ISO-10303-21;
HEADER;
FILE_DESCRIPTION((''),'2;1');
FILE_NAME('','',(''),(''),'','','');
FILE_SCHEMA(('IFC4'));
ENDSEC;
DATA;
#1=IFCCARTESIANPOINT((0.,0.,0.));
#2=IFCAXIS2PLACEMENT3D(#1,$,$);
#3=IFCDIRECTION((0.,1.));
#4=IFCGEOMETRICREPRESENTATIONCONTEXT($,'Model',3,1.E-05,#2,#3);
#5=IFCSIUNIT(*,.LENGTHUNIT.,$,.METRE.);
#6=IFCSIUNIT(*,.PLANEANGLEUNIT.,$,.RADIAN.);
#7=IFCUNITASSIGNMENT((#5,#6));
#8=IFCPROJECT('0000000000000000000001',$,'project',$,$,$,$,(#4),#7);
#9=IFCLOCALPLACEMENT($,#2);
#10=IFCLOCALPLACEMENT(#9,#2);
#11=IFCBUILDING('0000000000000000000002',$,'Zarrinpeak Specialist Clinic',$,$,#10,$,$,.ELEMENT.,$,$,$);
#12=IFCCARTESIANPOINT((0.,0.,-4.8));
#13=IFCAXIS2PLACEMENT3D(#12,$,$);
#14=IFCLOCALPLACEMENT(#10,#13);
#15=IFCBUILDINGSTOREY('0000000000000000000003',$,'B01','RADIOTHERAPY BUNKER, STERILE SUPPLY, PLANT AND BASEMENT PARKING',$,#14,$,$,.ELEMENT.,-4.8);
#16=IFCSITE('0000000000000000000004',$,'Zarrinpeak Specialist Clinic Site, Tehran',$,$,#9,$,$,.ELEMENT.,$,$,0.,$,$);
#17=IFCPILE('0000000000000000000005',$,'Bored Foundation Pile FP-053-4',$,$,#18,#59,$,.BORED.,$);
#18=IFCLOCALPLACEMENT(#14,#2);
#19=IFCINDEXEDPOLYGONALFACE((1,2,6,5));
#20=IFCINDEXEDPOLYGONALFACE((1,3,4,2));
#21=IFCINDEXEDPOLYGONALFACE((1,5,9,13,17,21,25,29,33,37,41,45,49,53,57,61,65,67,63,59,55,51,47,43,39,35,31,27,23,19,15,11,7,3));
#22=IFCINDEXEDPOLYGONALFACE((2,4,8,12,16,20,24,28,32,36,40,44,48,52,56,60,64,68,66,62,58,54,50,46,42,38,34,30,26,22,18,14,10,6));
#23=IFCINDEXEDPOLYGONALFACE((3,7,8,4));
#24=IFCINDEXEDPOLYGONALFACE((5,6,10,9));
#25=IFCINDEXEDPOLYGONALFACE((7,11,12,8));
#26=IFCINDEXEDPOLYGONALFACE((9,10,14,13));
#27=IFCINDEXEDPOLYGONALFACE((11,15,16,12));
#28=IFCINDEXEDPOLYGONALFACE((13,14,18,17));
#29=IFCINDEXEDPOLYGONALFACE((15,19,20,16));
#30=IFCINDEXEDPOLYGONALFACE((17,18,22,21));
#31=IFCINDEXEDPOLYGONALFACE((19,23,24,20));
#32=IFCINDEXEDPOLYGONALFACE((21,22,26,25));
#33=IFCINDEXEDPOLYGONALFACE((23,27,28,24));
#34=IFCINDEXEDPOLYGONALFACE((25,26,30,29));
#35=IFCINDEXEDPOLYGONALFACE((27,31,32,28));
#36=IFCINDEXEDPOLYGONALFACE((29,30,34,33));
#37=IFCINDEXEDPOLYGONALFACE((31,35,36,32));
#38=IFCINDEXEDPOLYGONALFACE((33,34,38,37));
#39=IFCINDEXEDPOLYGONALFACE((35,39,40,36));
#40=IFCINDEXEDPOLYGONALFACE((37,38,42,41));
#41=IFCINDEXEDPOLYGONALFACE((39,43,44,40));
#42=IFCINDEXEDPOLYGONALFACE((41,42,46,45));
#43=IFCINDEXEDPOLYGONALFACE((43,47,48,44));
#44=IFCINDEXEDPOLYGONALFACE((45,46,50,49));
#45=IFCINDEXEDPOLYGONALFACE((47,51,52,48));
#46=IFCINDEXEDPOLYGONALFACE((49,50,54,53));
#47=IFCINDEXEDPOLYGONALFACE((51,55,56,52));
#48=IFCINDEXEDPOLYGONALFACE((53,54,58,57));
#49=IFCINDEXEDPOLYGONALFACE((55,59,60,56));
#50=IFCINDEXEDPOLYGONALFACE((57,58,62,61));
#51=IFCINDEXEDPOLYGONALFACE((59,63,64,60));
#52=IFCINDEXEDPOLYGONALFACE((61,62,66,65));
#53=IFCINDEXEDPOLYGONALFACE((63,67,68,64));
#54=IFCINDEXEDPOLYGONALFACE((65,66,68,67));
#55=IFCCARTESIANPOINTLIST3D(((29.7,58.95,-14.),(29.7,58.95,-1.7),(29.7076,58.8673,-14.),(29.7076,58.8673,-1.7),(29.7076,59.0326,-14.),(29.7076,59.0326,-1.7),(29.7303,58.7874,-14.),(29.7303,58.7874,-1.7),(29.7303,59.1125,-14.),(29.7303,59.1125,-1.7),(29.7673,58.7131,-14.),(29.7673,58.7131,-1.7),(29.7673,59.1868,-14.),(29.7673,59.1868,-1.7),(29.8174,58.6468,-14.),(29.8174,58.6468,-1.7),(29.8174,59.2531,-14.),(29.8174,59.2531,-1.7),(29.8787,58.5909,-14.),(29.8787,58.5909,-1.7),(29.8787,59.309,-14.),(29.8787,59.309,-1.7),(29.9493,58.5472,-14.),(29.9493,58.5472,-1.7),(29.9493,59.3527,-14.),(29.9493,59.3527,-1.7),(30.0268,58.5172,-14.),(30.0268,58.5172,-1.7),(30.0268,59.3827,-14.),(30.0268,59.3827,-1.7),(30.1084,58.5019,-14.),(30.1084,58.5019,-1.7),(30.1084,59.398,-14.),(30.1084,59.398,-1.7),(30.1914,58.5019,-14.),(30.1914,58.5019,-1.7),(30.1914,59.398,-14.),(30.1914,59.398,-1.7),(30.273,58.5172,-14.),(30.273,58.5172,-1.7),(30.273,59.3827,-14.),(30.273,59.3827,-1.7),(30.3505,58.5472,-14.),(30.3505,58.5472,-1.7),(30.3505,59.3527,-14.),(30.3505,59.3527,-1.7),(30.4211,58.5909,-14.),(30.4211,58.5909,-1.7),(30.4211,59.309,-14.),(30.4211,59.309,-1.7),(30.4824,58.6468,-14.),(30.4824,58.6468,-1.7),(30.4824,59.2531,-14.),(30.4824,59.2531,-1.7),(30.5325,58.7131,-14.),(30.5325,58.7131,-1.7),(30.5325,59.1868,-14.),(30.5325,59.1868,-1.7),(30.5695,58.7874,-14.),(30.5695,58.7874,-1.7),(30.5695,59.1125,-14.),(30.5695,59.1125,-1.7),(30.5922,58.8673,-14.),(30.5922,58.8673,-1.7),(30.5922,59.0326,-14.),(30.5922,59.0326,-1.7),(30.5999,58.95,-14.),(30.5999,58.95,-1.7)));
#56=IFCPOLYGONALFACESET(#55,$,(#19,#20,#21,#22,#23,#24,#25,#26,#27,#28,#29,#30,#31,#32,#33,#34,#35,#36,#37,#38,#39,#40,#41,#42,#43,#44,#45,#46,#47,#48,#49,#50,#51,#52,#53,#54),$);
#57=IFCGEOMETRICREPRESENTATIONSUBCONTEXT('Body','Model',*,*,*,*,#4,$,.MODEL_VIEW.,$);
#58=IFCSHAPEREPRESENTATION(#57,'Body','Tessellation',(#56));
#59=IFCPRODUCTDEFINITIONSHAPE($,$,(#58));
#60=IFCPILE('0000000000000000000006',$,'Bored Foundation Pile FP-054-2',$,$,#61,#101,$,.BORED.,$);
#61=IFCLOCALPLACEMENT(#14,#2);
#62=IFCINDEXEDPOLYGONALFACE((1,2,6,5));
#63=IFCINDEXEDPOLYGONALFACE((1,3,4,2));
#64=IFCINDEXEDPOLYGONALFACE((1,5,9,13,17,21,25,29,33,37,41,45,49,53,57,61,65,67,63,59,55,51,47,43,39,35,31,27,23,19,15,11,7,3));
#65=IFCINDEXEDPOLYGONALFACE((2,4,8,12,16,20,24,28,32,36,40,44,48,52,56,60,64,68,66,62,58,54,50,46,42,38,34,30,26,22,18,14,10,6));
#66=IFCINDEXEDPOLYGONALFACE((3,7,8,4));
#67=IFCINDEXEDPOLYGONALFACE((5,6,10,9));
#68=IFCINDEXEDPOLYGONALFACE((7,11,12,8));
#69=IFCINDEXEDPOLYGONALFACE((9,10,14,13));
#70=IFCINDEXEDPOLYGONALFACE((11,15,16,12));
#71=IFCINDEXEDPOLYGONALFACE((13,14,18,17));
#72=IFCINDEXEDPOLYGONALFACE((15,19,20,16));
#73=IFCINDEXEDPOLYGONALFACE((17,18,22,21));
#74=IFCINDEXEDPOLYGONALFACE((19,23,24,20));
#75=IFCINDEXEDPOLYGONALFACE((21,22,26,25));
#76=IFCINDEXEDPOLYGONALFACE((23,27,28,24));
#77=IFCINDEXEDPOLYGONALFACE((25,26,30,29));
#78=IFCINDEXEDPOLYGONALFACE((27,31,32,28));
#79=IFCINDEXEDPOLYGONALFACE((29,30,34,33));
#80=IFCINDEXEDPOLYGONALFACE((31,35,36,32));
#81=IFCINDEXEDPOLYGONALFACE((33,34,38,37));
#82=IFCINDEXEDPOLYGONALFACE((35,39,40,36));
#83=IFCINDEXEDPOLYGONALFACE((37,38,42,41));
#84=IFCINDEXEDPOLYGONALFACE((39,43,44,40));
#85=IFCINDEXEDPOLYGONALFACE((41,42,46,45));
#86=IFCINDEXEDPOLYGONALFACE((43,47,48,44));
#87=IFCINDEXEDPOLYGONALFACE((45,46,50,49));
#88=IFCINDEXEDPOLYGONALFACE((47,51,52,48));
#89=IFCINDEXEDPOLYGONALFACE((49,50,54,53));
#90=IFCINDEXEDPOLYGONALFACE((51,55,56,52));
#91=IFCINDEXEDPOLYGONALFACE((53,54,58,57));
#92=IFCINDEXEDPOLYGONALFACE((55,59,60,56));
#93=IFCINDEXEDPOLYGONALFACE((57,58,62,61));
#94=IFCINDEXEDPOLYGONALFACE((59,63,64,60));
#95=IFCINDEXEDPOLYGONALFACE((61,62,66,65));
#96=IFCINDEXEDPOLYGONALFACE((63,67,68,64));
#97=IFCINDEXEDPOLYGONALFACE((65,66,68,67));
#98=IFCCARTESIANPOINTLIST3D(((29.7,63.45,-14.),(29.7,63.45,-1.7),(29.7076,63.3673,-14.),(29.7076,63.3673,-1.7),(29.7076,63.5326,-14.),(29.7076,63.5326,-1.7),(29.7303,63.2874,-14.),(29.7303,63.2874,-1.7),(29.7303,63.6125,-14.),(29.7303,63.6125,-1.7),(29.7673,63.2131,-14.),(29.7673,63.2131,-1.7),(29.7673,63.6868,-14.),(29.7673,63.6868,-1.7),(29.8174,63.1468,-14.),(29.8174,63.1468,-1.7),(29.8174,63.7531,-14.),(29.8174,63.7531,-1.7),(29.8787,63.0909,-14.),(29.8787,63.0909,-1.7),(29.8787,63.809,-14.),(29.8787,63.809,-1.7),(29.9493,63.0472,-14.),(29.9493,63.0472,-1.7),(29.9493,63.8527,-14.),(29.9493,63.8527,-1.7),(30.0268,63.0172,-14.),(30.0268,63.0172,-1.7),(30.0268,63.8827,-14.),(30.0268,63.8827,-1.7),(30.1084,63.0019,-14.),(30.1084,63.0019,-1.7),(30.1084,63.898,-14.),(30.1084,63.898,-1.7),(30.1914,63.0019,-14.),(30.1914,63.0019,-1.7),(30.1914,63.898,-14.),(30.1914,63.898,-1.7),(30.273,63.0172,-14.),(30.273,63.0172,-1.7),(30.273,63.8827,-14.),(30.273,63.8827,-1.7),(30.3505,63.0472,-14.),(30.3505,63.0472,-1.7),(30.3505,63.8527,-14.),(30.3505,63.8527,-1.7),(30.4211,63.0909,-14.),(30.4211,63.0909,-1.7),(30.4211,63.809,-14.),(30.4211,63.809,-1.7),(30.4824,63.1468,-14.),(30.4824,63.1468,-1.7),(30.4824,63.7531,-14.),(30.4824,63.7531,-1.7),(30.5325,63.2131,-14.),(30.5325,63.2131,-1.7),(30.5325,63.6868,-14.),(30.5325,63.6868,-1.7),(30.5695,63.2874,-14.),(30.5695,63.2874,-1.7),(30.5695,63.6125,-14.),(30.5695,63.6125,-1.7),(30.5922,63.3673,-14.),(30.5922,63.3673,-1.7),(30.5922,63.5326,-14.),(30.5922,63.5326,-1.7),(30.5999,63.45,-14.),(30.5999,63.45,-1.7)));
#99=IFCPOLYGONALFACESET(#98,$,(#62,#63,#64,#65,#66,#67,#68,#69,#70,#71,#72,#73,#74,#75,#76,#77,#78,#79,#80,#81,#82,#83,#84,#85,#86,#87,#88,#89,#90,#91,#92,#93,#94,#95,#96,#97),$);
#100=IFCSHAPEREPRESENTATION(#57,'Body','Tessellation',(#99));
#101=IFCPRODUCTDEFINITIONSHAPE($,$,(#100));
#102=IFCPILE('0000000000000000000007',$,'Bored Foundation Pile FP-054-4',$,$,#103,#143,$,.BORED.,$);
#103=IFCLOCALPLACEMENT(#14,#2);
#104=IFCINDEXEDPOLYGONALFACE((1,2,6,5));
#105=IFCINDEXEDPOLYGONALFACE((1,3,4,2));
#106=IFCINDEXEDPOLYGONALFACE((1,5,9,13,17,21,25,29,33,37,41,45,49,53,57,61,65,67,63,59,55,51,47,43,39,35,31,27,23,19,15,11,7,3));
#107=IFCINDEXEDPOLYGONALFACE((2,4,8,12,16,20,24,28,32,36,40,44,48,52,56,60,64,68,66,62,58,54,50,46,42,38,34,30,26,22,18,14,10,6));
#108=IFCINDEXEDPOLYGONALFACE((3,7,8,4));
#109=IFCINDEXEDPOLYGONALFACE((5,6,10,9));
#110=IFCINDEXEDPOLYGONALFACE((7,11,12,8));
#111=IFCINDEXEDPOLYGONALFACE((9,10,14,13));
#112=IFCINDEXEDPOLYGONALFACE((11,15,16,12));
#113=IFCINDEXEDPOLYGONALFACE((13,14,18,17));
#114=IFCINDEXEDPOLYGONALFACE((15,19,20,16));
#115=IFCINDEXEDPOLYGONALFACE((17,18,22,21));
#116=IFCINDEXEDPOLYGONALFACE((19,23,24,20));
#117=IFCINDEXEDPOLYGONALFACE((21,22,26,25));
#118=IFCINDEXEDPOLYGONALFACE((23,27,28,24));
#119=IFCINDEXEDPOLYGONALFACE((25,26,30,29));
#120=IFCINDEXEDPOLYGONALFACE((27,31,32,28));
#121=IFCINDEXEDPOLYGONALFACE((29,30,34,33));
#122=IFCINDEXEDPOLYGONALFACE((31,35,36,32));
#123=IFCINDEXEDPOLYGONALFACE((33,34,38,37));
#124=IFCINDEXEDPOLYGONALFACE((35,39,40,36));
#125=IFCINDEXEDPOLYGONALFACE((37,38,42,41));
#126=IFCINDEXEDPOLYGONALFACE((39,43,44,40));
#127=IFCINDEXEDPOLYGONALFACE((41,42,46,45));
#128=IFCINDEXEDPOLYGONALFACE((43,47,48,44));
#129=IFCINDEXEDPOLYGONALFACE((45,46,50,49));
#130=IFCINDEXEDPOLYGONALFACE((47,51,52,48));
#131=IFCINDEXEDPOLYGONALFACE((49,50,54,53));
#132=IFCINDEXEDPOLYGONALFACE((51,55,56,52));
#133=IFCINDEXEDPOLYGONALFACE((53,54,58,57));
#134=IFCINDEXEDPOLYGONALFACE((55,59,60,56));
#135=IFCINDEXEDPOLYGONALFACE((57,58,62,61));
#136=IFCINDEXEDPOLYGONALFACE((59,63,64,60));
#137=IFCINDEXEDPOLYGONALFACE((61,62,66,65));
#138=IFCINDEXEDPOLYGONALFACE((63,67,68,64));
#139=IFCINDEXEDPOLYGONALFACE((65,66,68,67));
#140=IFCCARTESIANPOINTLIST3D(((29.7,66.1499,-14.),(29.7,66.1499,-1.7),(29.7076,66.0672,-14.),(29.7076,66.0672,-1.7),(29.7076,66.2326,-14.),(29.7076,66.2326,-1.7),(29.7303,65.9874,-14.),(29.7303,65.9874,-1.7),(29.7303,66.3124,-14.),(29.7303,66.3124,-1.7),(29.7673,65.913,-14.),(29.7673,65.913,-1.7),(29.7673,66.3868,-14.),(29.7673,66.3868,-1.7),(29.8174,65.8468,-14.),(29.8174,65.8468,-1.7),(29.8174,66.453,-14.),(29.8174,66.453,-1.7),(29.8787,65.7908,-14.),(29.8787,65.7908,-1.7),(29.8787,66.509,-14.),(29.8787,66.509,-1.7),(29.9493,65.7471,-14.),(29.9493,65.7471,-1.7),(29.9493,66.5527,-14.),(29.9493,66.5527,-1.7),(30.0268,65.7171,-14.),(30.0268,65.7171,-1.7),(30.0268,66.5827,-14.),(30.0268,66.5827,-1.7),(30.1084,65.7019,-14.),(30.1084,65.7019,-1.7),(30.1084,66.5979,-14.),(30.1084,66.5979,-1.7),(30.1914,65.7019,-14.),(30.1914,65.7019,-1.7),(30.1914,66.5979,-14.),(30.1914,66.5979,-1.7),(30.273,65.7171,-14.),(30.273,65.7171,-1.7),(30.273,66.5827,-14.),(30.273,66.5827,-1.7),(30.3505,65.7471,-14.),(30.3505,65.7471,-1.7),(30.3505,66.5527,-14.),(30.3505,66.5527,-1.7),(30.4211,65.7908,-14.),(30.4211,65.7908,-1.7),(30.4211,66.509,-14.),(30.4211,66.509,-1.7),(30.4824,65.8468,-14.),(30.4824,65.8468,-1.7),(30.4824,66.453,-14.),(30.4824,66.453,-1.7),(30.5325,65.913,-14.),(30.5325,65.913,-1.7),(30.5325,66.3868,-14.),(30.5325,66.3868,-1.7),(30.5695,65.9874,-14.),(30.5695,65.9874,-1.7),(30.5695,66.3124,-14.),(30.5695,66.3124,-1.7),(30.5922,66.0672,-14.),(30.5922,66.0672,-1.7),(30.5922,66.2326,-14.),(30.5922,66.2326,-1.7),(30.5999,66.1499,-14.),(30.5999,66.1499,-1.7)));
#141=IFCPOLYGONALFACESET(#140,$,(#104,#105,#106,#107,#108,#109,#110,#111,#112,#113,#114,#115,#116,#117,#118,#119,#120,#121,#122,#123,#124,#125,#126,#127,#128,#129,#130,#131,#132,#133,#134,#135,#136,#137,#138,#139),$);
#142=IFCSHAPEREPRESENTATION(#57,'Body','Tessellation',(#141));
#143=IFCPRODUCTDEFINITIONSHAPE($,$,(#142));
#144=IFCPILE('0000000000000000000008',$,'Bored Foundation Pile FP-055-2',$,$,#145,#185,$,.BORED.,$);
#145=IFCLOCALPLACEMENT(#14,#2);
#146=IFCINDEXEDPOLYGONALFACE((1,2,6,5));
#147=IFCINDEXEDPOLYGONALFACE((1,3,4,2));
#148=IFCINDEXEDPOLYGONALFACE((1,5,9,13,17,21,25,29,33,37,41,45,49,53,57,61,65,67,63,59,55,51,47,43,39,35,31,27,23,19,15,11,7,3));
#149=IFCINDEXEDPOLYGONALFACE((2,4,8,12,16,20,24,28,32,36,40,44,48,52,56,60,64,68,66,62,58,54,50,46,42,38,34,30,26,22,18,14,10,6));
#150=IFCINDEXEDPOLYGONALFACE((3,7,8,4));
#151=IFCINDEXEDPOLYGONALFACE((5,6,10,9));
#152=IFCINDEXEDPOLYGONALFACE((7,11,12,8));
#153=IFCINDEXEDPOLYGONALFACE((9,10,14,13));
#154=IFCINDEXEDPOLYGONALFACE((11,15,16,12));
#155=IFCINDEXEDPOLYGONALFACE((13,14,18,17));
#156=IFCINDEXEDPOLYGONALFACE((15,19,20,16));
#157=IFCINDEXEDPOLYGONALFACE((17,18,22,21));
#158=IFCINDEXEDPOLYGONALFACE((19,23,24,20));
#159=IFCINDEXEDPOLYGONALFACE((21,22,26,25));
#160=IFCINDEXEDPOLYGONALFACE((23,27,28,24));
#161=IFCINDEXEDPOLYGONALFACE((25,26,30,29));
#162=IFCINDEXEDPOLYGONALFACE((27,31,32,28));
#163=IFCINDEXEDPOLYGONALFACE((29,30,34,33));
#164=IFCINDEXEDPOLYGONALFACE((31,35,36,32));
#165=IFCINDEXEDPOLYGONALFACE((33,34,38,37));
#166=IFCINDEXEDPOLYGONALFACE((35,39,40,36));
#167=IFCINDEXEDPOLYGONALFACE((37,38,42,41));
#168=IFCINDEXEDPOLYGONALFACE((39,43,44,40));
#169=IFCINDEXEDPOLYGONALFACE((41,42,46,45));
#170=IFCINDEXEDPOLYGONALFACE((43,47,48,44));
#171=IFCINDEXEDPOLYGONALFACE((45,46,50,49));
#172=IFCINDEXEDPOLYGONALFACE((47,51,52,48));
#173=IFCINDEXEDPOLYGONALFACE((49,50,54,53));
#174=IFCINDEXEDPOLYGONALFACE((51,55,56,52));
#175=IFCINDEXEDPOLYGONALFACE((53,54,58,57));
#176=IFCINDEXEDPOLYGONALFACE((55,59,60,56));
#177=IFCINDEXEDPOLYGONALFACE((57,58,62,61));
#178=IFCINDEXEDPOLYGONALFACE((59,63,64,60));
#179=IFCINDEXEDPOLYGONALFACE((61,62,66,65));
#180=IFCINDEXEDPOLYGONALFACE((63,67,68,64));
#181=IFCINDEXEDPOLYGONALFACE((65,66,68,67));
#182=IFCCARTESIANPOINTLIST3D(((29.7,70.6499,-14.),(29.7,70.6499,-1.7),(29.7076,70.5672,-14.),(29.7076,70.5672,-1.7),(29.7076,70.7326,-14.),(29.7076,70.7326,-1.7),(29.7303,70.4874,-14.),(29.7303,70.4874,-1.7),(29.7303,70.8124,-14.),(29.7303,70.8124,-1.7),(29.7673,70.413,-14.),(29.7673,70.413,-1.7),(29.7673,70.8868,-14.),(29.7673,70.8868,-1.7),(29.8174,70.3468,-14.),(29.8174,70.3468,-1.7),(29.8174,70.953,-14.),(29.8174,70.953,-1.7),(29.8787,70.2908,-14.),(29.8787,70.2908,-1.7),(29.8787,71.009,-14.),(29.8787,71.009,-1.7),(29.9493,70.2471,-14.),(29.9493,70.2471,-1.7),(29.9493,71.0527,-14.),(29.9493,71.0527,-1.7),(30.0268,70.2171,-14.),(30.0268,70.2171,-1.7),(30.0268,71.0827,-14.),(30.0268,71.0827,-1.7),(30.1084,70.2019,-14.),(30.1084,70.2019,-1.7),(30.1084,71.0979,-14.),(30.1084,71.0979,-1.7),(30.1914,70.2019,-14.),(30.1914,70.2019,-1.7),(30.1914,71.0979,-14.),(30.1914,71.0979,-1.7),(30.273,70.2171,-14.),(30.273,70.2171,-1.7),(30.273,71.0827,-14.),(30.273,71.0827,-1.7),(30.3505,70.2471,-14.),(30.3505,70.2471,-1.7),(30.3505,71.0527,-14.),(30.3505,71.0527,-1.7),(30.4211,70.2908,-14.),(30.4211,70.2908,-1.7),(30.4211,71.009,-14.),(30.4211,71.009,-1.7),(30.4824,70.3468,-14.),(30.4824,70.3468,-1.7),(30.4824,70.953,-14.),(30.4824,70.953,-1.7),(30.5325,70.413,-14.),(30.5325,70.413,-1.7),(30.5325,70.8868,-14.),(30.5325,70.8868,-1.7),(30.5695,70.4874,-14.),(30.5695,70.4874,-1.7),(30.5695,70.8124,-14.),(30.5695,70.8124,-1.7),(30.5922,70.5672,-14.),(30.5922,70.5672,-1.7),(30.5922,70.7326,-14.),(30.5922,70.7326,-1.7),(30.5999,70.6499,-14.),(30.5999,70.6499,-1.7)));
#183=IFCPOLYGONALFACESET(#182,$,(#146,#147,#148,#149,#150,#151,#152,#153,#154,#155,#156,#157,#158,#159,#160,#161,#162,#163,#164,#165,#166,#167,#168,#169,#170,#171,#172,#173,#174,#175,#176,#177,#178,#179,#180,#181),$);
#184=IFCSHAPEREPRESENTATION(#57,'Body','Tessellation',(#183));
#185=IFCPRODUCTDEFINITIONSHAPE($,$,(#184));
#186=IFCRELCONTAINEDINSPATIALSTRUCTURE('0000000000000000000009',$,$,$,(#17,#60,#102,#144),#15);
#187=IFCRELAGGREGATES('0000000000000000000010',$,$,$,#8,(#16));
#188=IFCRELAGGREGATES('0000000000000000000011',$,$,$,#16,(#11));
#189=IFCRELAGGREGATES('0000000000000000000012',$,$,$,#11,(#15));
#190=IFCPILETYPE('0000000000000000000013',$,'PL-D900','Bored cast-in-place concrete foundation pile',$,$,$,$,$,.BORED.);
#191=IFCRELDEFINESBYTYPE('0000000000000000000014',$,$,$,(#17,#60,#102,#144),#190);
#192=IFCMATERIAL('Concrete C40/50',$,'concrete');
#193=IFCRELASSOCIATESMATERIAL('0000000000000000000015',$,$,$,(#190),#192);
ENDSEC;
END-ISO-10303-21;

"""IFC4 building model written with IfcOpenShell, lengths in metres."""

from ifc_helpers import new_model, si_unit, direction, frame, origin, origin_2d, place, context, subcontext, project, spatial, circle, extrude, material, material_profile, profile_set, type_object, element, save


model = new_model("IFC4")

# Units and contexts
model_context = context("Model", 3, precision=1e-05, world=origin(), true_north=direction((0.0, 1.0)))
body_context = subcontext(model_context, "Body", "Model", "MODEL_VIEW")
ifc_project = project(units=[si_unit("LENGTHUNIT", "METRE"), si_unit("PLANEANGLEUNIT", "RADIAN")], contexts=[model_context])

# Site, building, storey
site_placement = place(None, origin())
site = spatial("IfcSite", under=ifc_project, at=site_placement, Name="Zarrinpeak Specialist Clinic Site, Tehran", CompositionType="ELEMENT", RefElevation=0.0)
building_placement = place(site_placement, origin())
building = spatial("IfcBuilding", under=site, at=building_placement, Name="Zarrinpeak Specialist Clinic", CompositionType="ELEMENT")
storey_placement = place(building_placement, frame((0.0, 0.0, -4.8)))
storey = spatial("IfcBuildingStorey", under=building, at=storey_placement, Name="B01", Description="RADIOTHERAPY BUNKER, STERILE SUPPLY, PLANT AND BASEMENT PARKING", CompositionType="ELEMENT", Elevation=-4.8)

# Shared definitions
ifc_material_1 = material(Name="Concrete C40/50", Category="concrete")

# Piles
ifc_material_profile_1 = material_profile(ifc_material_1, circle(Radius=0.45, at=origin_2d()), Name="BORED PILE D900")
ifc_profile_set_1 = profile_set([ifc_material_profile_1], Name="Concrete C40/50")
pile_type = type_object("IfcPileType", Name="PL-D900", Description="Bored cast-in-place concrete foundation pile", PredefinedType="BORED", material=ifc_profile_set_1)
for number, where, z_axis, x_axis, name in (
    (1, (30.1499, 58.95, -1.7), (0.0, 0.0, -1.0), (1.0, 0.0, 0.0), "Bored Foundation Pile FP-053-4"),
    (2, (30.1499, 63.45, -1.7), (0.0, 0.0, -1.0), (1.0, 0.0, 0.0), "Bored Foundation Pile FP-054-2"),
    (3, (30.1499, 66.1499, -1.7), (0.0, 0.0, -1.0), (1.0, 0.0, 0.0), "Bored Foundation Pile FP-054-4"),
    (4, (30.1499, 70.6499, -1.7), (0.0, 0.0, -1.0), (1.0, 0.0, 0.0), "Bored Foundation Pile FP-055-2"),
):
    element("IfcPile", number, at=place(storey_placement, frame(where, z_axis=z_axis, x_axis=x_axis)), inside=storey, type_object=pile_type, Name=name, PredefinedType="BORED", context=body_context, shape_type="SweptSolid", body=[
        extrude(circle(Radius=0.45, at=origin_2d()), origin(), (0.0, 0.0, 1.0), 12.3),
    ])

save(model, "model.ifc")
